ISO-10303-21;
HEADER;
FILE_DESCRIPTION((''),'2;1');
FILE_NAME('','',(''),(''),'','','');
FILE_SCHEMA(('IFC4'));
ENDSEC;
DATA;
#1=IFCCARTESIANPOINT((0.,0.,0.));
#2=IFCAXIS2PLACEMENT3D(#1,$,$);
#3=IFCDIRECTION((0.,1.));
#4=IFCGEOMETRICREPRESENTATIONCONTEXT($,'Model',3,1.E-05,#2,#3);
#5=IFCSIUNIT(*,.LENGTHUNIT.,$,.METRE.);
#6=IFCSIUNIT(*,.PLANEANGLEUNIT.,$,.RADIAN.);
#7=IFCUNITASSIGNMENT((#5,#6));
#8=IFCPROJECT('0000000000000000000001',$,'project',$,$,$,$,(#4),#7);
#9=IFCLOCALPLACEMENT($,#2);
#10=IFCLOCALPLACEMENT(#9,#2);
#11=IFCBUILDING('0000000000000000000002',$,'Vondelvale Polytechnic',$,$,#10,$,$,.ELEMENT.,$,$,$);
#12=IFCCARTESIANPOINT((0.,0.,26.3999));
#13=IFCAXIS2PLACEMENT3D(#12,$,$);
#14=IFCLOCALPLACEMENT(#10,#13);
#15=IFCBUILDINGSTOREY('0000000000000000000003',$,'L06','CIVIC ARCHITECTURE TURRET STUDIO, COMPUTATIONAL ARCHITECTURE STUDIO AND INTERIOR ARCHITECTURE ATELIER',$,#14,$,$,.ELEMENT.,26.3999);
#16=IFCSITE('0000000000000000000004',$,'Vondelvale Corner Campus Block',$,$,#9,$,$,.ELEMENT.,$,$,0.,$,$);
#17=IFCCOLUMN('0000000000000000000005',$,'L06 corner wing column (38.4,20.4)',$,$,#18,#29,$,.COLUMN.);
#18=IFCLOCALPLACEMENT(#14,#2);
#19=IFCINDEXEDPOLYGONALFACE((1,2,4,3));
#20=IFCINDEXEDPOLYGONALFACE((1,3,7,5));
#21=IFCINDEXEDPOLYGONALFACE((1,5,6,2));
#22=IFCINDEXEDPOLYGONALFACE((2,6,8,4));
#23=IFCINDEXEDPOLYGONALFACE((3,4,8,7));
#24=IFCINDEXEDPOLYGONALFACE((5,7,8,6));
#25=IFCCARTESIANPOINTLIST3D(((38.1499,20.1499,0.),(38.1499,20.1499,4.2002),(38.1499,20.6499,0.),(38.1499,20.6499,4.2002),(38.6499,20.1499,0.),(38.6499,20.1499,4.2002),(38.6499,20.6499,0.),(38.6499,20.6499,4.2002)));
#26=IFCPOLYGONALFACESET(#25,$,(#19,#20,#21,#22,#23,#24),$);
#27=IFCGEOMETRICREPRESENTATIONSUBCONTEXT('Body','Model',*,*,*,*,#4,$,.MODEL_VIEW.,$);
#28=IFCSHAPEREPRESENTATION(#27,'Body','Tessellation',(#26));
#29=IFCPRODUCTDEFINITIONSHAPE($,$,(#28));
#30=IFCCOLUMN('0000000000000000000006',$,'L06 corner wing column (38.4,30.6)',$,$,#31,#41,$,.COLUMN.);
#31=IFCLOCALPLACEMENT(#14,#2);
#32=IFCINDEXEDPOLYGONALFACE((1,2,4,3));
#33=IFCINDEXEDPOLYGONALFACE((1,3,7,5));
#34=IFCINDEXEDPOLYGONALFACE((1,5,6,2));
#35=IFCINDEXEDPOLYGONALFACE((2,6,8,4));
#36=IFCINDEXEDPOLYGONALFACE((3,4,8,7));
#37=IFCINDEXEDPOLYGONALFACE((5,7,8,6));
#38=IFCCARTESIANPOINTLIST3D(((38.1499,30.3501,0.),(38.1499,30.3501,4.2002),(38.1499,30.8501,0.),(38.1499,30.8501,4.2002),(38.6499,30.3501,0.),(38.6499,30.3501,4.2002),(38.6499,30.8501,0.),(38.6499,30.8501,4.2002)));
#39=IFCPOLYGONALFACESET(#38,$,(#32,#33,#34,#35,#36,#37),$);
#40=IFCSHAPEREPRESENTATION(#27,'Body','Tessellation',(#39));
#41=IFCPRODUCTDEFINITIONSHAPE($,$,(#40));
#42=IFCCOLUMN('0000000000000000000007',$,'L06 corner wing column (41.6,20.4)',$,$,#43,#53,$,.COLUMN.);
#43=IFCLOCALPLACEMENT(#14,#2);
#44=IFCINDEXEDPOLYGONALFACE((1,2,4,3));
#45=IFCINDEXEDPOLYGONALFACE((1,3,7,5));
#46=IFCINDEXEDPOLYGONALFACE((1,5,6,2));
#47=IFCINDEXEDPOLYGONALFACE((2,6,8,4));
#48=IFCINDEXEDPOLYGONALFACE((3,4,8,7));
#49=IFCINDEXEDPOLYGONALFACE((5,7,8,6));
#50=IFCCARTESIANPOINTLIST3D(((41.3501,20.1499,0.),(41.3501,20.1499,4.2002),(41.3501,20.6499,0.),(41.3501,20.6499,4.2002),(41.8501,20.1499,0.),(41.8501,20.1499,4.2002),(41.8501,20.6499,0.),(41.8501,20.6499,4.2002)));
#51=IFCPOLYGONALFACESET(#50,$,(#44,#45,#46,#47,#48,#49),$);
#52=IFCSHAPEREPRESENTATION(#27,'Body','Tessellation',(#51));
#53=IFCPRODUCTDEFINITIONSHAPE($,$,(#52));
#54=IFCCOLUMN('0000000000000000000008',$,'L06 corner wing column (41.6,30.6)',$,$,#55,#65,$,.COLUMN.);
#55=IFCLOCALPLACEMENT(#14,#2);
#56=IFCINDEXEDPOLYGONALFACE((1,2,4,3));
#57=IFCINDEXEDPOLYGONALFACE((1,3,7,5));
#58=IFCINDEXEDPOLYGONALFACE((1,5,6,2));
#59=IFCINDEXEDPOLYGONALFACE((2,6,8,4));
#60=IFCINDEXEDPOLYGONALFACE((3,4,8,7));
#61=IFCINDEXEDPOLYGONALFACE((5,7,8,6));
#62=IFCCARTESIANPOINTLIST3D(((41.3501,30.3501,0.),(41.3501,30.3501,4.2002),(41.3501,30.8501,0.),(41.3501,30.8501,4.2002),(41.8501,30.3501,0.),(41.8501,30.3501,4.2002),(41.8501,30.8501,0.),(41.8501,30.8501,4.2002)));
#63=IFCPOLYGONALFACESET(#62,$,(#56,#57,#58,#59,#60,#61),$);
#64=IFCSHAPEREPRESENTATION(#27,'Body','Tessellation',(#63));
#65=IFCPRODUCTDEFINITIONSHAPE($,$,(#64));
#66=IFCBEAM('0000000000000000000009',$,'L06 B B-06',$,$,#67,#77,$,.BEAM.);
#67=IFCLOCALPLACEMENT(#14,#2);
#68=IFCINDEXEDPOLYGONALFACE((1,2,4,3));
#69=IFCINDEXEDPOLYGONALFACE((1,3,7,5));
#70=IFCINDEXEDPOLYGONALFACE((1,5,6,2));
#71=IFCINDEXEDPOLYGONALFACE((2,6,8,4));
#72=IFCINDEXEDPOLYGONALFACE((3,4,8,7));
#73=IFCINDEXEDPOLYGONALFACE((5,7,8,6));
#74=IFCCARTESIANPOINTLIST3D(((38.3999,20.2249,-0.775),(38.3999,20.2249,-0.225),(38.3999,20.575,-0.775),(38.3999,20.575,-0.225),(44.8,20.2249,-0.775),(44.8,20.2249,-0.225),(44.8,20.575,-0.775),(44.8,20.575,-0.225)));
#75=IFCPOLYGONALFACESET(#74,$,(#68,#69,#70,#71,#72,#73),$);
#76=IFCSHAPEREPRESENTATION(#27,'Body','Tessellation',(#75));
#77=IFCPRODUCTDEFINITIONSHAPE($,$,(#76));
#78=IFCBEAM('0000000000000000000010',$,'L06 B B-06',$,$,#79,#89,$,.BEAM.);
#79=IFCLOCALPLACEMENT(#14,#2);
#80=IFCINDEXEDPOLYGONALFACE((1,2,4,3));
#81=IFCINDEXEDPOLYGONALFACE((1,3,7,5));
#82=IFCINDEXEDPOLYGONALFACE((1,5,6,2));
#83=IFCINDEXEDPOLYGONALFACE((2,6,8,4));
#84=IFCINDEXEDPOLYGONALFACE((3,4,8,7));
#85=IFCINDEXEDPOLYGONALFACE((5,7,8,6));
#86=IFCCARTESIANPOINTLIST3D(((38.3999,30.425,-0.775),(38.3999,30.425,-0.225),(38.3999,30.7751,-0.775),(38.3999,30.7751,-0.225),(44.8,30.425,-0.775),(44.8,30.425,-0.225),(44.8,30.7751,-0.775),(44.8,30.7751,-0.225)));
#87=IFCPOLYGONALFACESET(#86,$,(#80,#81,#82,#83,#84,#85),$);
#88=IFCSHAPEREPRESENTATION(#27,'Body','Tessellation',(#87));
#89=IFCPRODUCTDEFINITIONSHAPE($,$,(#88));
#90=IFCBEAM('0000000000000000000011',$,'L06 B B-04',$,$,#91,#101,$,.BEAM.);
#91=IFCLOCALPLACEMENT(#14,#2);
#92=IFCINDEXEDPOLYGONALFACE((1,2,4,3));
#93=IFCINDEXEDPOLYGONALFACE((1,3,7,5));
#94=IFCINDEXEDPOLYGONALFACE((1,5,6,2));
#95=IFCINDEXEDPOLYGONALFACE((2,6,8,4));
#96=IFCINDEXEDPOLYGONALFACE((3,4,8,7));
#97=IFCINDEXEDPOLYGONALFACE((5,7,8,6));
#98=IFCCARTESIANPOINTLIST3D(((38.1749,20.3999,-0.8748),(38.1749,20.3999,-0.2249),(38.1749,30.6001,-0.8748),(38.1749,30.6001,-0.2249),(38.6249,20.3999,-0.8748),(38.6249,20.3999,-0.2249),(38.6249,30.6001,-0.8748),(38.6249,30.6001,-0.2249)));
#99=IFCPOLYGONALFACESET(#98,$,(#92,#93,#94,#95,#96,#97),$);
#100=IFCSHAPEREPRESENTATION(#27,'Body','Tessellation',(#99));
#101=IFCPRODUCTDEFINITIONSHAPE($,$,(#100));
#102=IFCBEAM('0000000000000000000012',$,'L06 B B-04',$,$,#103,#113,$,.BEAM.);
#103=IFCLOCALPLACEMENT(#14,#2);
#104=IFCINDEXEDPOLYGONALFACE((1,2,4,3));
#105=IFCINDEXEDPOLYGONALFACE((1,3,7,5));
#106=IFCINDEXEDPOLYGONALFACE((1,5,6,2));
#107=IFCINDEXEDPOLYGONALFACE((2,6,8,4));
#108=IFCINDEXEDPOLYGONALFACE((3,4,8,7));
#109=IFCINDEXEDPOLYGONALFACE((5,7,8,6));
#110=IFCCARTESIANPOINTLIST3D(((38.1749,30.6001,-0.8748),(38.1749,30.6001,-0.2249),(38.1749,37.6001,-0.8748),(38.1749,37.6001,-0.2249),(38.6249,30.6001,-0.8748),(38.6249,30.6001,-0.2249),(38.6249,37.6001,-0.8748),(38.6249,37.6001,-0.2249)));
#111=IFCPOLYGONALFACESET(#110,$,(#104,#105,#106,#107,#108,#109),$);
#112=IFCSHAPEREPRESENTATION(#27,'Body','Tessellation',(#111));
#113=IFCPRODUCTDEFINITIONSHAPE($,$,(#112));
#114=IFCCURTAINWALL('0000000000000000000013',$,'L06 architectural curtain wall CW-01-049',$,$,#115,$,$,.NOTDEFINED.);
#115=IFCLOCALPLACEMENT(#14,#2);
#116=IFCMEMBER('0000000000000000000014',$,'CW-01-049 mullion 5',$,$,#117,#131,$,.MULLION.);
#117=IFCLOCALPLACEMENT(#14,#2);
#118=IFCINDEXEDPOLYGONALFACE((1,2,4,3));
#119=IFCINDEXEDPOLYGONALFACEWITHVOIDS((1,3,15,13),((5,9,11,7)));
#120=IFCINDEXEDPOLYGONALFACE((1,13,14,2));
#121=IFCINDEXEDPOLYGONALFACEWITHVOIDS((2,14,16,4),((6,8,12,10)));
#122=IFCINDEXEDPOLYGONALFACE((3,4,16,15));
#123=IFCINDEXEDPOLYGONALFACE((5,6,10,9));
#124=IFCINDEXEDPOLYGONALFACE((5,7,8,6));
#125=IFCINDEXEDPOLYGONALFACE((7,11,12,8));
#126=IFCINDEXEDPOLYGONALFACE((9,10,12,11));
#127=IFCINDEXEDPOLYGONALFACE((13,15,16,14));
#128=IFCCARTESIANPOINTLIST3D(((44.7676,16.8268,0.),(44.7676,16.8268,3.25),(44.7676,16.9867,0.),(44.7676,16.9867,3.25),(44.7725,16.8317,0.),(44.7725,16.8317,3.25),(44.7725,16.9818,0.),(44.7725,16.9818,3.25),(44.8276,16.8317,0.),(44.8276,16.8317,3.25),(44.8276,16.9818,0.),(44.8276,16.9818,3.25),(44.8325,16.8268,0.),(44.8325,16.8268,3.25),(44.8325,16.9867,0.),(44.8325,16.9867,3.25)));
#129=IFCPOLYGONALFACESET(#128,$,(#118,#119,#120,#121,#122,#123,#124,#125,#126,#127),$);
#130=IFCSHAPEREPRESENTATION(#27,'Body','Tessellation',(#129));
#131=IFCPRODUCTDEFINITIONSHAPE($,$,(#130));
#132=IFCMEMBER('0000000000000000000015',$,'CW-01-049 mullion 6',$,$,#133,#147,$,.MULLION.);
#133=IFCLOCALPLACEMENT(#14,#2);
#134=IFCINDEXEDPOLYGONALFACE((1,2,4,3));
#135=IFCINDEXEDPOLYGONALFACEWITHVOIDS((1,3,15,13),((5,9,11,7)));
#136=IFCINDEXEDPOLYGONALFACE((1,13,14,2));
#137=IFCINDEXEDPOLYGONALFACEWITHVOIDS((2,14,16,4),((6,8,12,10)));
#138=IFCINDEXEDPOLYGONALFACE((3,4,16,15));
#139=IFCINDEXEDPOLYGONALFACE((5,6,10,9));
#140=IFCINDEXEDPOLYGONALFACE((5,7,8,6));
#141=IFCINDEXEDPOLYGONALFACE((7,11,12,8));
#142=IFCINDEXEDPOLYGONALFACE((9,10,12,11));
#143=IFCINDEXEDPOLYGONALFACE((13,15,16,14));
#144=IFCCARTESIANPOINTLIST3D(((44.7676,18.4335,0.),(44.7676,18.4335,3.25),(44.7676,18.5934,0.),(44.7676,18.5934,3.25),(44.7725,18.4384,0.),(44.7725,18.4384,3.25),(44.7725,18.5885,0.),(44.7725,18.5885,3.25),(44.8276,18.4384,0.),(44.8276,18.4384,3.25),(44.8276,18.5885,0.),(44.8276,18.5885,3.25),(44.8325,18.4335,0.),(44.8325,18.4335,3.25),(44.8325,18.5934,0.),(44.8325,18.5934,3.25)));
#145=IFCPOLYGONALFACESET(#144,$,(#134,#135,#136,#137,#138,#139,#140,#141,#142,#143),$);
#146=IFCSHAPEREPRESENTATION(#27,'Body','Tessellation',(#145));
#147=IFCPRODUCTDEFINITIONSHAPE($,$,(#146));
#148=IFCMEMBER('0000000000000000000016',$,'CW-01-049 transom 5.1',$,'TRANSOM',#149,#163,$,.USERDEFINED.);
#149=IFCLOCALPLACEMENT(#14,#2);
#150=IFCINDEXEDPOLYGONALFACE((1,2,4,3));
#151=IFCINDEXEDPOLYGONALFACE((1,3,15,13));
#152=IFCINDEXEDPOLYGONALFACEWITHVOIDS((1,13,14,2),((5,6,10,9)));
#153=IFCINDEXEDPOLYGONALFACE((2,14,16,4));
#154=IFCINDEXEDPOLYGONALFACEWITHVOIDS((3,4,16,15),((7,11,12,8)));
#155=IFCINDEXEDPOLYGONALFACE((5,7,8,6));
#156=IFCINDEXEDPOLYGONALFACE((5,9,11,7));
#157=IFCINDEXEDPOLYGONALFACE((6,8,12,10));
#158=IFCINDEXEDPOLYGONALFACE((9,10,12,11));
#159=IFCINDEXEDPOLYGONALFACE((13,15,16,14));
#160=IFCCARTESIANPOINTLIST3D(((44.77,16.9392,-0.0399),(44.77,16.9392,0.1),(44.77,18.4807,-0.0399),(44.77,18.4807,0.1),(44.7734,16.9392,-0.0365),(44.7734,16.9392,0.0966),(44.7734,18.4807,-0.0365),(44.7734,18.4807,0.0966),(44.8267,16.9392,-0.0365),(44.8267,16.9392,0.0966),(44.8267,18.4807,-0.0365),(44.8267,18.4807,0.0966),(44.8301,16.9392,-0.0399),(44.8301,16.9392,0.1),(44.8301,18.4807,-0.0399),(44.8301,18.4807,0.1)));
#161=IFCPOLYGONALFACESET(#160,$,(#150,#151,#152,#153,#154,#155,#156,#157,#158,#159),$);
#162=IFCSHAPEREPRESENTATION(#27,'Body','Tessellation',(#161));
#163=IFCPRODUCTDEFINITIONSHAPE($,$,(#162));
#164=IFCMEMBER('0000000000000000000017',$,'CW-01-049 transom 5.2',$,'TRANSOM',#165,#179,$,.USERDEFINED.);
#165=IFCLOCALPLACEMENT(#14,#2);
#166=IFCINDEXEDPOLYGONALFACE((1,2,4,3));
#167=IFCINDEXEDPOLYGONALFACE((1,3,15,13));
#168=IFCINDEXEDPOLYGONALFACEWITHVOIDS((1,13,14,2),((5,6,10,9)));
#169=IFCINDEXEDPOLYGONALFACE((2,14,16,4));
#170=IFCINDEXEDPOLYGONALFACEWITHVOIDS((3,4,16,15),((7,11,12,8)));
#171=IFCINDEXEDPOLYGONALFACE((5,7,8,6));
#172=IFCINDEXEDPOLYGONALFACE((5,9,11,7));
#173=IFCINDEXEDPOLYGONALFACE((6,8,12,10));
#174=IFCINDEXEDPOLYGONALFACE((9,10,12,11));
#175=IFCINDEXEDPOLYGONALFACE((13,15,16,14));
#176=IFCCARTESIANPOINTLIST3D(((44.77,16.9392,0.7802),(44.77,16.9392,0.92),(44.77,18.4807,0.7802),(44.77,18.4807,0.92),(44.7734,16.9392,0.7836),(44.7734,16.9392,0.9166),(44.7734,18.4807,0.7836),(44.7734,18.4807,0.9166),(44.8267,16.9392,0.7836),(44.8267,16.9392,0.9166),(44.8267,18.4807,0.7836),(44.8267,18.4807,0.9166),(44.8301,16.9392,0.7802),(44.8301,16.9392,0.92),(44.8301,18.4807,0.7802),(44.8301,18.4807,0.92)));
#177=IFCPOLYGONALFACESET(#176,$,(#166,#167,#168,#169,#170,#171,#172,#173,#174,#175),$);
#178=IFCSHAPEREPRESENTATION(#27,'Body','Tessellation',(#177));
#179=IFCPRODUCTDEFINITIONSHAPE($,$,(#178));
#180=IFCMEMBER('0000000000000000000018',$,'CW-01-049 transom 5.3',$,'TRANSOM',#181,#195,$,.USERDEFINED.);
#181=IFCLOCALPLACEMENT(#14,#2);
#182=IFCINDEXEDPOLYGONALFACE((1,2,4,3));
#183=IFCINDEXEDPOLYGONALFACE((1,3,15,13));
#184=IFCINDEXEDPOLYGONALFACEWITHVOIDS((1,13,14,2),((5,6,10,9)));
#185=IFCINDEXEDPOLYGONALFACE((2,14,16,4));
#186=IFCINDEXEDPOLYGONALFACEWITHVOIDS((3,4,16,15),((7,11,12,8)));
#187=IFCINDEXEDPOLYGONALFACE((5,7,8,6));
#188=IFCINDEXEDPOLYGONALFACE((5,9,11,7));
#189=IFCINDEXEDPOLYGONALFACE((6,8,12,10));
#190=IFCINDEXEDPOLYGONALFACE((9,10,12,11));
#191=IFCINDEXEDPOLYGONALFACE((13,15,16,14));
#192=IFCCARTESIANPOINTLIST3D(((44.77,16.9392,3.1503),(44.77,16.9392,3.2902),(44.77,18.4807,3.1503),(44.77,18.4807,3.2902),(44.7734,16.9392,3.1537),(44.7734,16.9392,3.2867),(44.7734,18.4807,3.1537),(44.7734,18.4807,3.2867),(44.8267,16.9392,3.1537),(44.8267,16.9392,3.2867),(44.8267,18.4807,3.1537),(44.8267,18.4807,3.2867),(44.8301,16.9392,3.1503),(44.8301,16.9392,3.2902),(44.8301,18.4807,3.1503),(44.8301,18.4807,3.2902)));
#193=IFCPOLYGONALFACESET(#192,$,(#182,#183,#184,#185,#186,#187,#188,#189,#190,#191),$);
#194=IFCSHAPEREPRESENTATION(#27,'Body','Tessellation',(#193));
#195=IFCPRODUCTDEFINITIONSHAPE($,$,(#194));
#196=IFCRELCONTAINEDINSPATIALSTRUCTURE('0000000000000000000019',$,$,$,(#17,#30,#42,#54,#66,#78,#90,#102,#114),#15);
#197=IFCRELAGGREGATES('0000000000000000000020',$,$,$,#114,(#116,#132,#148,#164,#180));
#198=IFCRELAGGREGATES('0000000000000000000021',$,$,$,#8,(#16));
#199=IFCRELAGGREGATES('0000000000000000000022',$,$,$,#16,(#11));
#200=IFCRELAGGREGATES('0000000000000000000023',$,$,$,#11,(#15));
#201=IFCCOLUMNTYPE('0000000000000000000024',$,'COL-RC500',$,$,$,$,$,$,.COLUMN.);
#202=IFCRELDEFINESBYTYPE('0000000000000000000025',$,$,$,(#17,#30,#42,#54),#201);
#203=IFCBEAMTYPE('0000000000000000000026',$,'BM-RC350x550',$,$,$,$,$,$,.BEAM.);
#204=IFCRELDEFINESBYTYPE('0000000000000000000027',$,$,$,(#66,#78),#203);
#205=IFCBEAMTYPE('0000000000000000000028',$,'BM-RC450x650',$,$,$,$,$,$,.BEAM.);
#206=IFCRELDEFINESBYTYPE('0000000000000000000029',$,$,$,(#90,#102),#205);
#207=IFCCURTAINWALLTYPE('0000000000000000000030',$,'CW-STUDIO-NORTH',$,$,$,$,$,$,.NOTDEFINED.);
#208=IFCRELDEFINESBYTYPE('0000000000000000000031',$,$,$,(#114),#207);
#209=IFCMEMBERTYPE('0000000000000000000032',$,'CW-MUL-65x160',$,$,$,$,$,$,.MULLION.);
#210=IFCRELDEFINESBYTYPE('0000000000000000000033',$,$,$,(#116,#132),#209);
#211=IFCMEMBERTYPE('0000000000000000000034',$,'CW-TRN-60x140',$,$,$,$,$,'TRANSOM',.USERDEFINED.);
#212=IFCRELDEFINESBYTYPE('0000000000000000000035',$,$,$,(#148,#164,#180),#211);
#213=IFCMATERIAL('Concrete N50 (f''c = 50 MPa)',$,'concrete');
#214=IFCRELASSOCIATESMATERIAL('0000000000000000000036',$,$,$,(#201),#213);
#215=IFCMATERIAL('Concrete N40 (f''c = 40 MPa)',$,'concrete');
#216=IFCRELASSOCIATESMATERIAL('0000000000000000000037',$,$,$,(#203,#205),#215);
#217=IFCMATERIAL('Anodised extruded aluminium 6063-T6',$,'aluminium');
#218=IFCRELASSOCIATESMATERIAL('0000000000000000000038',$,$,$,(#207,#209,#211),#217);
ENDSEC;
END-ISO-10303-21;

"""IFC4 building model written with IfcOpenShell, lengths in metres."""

from ifc_helpers import new_model, si_unit, direction, frame, origin, origin_2d, place, context, subcontext, project, spatial, rectangle, hollow_rectangle, extrude, material, material_profile, profile_set, type_object, element, aggregate, save


model = new_model("IFC4")

# Units and contexts
model_context = context("Model", 3, precision=1e-05, world=origin(), true_north=direction((0.0, 1.0)))
body_context = subcontext(model_context, "Body", "Model", "MODEL_VIEW")
ifc_project = project(units=[si_unit("LENGTHUNIT", "METRE"), si_unit("PLANEANGLEUNIT", "RADIAN")], contexts=[model_context])

# Site, building, storey
site_placement = place(None, origin())
site = spatial("IfcSite", under=ifc_project, at=site_placement, Name="Vondelvale Corner Campus Block", CompositionType="ELEMENT", RefElevation=0.0)
building_placement = place(site_placement, origin())
building = spatial("IfcBuilding", under=site, at=building_placement, Name="Vondelvale Polytechnic", CompositionType="ELEMENT")
storey_placement = place(building_placement, frame((0.0, 0.0, 26.3999)))
storey = spatial("IfcBuildingStorey", under=building, at=storey_placement, Name="L06", Description="CIVIC ARCHITECTURE TURRET STUDIO, COMPUTATIONAL ARCHITECTURE STUDIO AND INTERIOR ARCHITECTURE ATELIER", CompositionType="ELEMENT", Elevation=26.3999)

# Columns
ifc_material_1 = material(Name="Concrete N50 (f'c = 50 MPa)", Category="concrete")
ifc_material_profile_1 = material_profile(ifc_material_1, rectangle(XDim=0.5, YDim=0.5, at=origin_2d()), Name="RC-COL-500x500")
ifc_profile_set_1 = profile_set([ifc_material_profile_1], Name="Concrete N50 (f'c = 50 MPa)")
column_type = type_object("IfcColumnType", Name="COL-RC500", PredefinedType="COLUMN", material=ifc_profile_set_1)
for number, where, z_axis, x_axis, name in (
    (1, (38.3999, 20.3999, 0.0), (0.0, 0.0, 1.0), (1.0, 0.0, 0.0), "L06 corner wing column (38.4,20.4)"),
    (2, (38.3999, 30.6001, 0.0), (0.0, 0.0, 1.0), (1.0, 0.0, 0.0), "L06 corner wing column (38.4,30.6)"),
    (3, (41.6001, 20.3999, 0.0), (0.0, 0.0, 1.0), (1.0, 0.0, 0.0), "L06 corner wing column (41.6,20.4)"),
    (4, (41.6001, 30.6001, 0.0), (0.0, 0.0, 1.0), (1.0, 0.0, 0.0), "L06 corner wing column (41.6,30.6)"),
):
    element("IfcColumn", number, at=place(storey_placement, frame(where, z_axis=z_axis, x_axis=x_axis)), inside=storey, type_object=column_type, Name=name, PredefinedType="COLUMN", context=body_context, shape_type="SweptSolid", body=[
        extrude(rectangle(XDim=0.5, YDim=0.5, at=origin_2d()), origin(), (0.0, 0.0, 1.0), 4.2002),
    ])

# Beams
ifc_material_2 = material(Name="Concrete N40 (f'c = 40 MPa)", Category="concrete")
ifc_material_profile_2 = material_profile(ifc_material_2, rectangle(XDim=0.3501, YDim=0.55, at=origin_2d()), Name="RC-BM-350x550")
ifc_profile_set_2 = profile_set([ifc_material_profile_2], Name="Concrete N40 (f'c = 40 MPa)")
beam_type_1 = type_object("IfcBeamType", Name="BM-RC350x550", PredefinedType="BEAM", material=ifc_profile_set_2)
for number, where, z_axis, x_axis, name in (
    (5, (38.3999, 20.3999, -0.5), (1.0, 0.0, 0.0), (0.0, 1.0, 0.0), "L06 B B-06"),
    (6, (38.3999, 30.6001, -0.5), (1.0, 0.0, 0.0), (0.0, 1.0, 0.0), "L06 B B-06"),
):
    element("IfcBeam", number, at=place(storey_placement, frame(where, z_axis=z_axis, x_axis=x_axis)), inside=storey, type_object=beam_type_1, Name=name, PredefinedType="BEAM", context=body_context, shape_type="SweptSolid", body=[
        extrude(rectangle(XDim=0.3501, YDim=0.55, at=origin_2d()), origin(), (0.0, 0.0, 1.0), 6.4001),
    ])
ifc_material_profile_3 = material_profile(ifc_material_2, rectangle(XDim=0.45, YDim=0.6499, at=origin_2d()), Name="RC-BM-450x650")
ifc_profile_set_3 = profile_set([ifc_material_profile_3], Name="Concrete N40 (f'c = 40 MPa)")
beam_type_2 = type_object("IfcBeamType", Name="BM-RC450x650", PredefinedType="BEAM", material=ifc_profile_set_3)
beam_1_placement = place(storey_placement, frame((38.3999, 20.3999, -0.5498), z_axis=(0.0, 1.0, 0.0), x_axis=(-1.0, 0.0, 0.0)))
element("IfcBeam", 7, at=beam_1_placement, inside=storey, type_object=beam_type_2, Name="L06 B B-04", PredefinedType="BEAM", context=body_context, shape_type="SweptSolid", body=[
    extrude(rectangle(XDim=0.45, YDim=0.6499, at=origin_2d()), origin(), (0.0, 0.0, 1.0), 10.2002),
])
beam_2_placement = place(storey_placement, frame((38.3999, 30.6001, -0.5498), z_axis=(0.0, 1.0, 0.0), x_axis=(-1.0, 0.0, 0.0)))
element("IfcBeam", 8, at=beam_2_placement, inside=storey, type_object=beam_type_2, Name="L06 B B-04", PredefinedType="BEAM", context=body_context, shape_type="SweptSolid", body=[
    extrude(rectangle(XDim=0.45, YDim=0.6499, at=origin_2d()), origin(), (0.0, 0.0, 1.0), 7.0),
])

# Curtain wall, members
ifc_material_3 = material(Name="Anodised extruded aluminium 6063-T6", Category="aluminium")
curtain_wall_type = type_object("IfcCurtainWallType", Name="CW-STUDIO-NORTH", PredefinedType="NOTDEFINED", material=ifc_material_3)
curtain_wall_placement = place(storey_placement, origin())
curtain_wall = element("IfcCurtainWall", 9, at=curtain_wall_placement, inside=storey, type_object=curtain_wall_type, Name="L06 architectural curtain wall CW-01-049", PredefinedType="NOTDEFINED")
ifc_material_profile_4 = material_profile(ifc_material_3, hollow_rectangle(XDim=0.0649, YDim=0.1599, WallThickness=0.0049, at=origin_2d()), Name="CW-MUL-160x65")
ifc_profile_set_4 = profile_set([ifc_material_profile_4], Name="Anodised extruded aluminium 6063-T6")
member_type_1 = type_object("IfcMemberType", Name="CW-MUL-65x160", PredefinedType="MULLION", material=ifc_profile_set_4)
member_1_placement = place(storey_placement, frame((44.8, 16.9067, 0.0), z_axis=(0.0, 0.0, 1.0), x_axis=(-1.0, 0.0, 0.0)))
member_1 = element("IfcMember", 10, at=member_1_placement, type_object=member_type_1, Name="CW-01-049 mullion 5", PredefinedType="MULLION", context=body_context, shape_type="SweptSolid", body=[
    extrude(hollow_rectangle(XDim=0.0649, YDim=0.1599, WallThickness=0.0049, at=origin_2d()), origin(), (0.0, 0.0, 1.0), 3.25),
])
member_2_placement = place(storey_placement, frame((44.8, 18.5134, 0.0), z_axis=(0.0, 0.0, 1.0), x_axis=(-1.0, 0.0, 0.0)))
member_2 = element("IfcMember", 11, at=member_2_placement, type_object=member_type_1, Name="CW-01-049 mullion 6", PredefinedType="MULLION", context=body_context, shape_type="SweptSolid", body=[
    extrude(hollow_rectangle(XDim=0.0649, YDim=0.1599, WallThickness=0.0049, at=origin_2d()), origin(), (0.0, 0.0, 1.0), 3.25),
])
ifc_material_profile_5 = material_profile(ifc_material_3, hollow_rectangle(XDim=0.0601, YDim=0.1399, WallThickness=0.0034, at=origin_2d()), Name="CW-TRN-140x60")
ifc_profile_set_5 = profile_set([ifc_material_profile_5], Name="Anodised extruded aluminium 6063-T6")
member_type_2 = type_object("IfcMemberType", Name="CW-TRN-60x140", ElementType="TRANSOM", PredefinedType="USERDEFINED", material=ifc_profile_set_5)
member_3_placement = place(storey_placement, frame((44.8, 16.9392, 0.03), z_axis=(0.0, 1.0, 0.0), x_axis=(-1.0, 0.0, 0.0)))
member_3 = element("IfcMember", 12, at=member_3_placement, type_object=member_type_2, Name="CW-01-049 transom 5.1", ObjectType="TRANSOM", PredefinedType="USERDEFINED", context=body_context, shape_type="SweptSolid", body=[
    extrude(hollow_rectangle(XDim=0.0601, YDim=0.1399, WallThickness=0.0034, at=origin_2d()), origin(), (0.0, 0.0, 1.0), 1.5415),
])
member_4_placement = place(storey_placement, frame((44.8, 16.9392, 0.8501), z_axis=(0.0, 1.0, 0.0), x_axis=(-1.0, 0.0, 0.0)))
member_4 = element("IfcMember", 13, at=member_4_placement, type_object=member_type_2, Name="CW-01-049 transom 5.2", ObjectType="TRANSOM", PredefinedType="USERDEFINED", context=body_context, shape_type="SweptSolid", body=[
    extrude(hollow_rectangle(XDim=0.0601, YDim=0.1399, WallThickness=0.0034, at=origin_2d()), origin(), (0.0, 0.0, 1.0), 1.5415),
])
member_5_placement = place(storey_placement, frame((44.8, 16.9392, 3.2202), z_axis=(0.0, 1.0, 0.0), x_axis=(-1.0, 0.0, 0.0)))
member_5 = element("IfcMember", 14, at=member_5_placement, type_object=member_type_2, Name="CW-01-049 transom 5.3", ObjectType="TRANSOM", PredefinedType="USERDEFINED", context=body_context, shape_type="SweptSolid", body=[
    extrude(hollow_rectangle(XDim=0.0601, YDim=0.1399, WallThickness=0.0034, at=origin_2d()), origin(), (0.0, 0.0, 1.0), 1.5415),
])

aggregate(curtain_wall, [member_1, member_2, member_3, member_4, member_5])

save(model, "model.ifc")
